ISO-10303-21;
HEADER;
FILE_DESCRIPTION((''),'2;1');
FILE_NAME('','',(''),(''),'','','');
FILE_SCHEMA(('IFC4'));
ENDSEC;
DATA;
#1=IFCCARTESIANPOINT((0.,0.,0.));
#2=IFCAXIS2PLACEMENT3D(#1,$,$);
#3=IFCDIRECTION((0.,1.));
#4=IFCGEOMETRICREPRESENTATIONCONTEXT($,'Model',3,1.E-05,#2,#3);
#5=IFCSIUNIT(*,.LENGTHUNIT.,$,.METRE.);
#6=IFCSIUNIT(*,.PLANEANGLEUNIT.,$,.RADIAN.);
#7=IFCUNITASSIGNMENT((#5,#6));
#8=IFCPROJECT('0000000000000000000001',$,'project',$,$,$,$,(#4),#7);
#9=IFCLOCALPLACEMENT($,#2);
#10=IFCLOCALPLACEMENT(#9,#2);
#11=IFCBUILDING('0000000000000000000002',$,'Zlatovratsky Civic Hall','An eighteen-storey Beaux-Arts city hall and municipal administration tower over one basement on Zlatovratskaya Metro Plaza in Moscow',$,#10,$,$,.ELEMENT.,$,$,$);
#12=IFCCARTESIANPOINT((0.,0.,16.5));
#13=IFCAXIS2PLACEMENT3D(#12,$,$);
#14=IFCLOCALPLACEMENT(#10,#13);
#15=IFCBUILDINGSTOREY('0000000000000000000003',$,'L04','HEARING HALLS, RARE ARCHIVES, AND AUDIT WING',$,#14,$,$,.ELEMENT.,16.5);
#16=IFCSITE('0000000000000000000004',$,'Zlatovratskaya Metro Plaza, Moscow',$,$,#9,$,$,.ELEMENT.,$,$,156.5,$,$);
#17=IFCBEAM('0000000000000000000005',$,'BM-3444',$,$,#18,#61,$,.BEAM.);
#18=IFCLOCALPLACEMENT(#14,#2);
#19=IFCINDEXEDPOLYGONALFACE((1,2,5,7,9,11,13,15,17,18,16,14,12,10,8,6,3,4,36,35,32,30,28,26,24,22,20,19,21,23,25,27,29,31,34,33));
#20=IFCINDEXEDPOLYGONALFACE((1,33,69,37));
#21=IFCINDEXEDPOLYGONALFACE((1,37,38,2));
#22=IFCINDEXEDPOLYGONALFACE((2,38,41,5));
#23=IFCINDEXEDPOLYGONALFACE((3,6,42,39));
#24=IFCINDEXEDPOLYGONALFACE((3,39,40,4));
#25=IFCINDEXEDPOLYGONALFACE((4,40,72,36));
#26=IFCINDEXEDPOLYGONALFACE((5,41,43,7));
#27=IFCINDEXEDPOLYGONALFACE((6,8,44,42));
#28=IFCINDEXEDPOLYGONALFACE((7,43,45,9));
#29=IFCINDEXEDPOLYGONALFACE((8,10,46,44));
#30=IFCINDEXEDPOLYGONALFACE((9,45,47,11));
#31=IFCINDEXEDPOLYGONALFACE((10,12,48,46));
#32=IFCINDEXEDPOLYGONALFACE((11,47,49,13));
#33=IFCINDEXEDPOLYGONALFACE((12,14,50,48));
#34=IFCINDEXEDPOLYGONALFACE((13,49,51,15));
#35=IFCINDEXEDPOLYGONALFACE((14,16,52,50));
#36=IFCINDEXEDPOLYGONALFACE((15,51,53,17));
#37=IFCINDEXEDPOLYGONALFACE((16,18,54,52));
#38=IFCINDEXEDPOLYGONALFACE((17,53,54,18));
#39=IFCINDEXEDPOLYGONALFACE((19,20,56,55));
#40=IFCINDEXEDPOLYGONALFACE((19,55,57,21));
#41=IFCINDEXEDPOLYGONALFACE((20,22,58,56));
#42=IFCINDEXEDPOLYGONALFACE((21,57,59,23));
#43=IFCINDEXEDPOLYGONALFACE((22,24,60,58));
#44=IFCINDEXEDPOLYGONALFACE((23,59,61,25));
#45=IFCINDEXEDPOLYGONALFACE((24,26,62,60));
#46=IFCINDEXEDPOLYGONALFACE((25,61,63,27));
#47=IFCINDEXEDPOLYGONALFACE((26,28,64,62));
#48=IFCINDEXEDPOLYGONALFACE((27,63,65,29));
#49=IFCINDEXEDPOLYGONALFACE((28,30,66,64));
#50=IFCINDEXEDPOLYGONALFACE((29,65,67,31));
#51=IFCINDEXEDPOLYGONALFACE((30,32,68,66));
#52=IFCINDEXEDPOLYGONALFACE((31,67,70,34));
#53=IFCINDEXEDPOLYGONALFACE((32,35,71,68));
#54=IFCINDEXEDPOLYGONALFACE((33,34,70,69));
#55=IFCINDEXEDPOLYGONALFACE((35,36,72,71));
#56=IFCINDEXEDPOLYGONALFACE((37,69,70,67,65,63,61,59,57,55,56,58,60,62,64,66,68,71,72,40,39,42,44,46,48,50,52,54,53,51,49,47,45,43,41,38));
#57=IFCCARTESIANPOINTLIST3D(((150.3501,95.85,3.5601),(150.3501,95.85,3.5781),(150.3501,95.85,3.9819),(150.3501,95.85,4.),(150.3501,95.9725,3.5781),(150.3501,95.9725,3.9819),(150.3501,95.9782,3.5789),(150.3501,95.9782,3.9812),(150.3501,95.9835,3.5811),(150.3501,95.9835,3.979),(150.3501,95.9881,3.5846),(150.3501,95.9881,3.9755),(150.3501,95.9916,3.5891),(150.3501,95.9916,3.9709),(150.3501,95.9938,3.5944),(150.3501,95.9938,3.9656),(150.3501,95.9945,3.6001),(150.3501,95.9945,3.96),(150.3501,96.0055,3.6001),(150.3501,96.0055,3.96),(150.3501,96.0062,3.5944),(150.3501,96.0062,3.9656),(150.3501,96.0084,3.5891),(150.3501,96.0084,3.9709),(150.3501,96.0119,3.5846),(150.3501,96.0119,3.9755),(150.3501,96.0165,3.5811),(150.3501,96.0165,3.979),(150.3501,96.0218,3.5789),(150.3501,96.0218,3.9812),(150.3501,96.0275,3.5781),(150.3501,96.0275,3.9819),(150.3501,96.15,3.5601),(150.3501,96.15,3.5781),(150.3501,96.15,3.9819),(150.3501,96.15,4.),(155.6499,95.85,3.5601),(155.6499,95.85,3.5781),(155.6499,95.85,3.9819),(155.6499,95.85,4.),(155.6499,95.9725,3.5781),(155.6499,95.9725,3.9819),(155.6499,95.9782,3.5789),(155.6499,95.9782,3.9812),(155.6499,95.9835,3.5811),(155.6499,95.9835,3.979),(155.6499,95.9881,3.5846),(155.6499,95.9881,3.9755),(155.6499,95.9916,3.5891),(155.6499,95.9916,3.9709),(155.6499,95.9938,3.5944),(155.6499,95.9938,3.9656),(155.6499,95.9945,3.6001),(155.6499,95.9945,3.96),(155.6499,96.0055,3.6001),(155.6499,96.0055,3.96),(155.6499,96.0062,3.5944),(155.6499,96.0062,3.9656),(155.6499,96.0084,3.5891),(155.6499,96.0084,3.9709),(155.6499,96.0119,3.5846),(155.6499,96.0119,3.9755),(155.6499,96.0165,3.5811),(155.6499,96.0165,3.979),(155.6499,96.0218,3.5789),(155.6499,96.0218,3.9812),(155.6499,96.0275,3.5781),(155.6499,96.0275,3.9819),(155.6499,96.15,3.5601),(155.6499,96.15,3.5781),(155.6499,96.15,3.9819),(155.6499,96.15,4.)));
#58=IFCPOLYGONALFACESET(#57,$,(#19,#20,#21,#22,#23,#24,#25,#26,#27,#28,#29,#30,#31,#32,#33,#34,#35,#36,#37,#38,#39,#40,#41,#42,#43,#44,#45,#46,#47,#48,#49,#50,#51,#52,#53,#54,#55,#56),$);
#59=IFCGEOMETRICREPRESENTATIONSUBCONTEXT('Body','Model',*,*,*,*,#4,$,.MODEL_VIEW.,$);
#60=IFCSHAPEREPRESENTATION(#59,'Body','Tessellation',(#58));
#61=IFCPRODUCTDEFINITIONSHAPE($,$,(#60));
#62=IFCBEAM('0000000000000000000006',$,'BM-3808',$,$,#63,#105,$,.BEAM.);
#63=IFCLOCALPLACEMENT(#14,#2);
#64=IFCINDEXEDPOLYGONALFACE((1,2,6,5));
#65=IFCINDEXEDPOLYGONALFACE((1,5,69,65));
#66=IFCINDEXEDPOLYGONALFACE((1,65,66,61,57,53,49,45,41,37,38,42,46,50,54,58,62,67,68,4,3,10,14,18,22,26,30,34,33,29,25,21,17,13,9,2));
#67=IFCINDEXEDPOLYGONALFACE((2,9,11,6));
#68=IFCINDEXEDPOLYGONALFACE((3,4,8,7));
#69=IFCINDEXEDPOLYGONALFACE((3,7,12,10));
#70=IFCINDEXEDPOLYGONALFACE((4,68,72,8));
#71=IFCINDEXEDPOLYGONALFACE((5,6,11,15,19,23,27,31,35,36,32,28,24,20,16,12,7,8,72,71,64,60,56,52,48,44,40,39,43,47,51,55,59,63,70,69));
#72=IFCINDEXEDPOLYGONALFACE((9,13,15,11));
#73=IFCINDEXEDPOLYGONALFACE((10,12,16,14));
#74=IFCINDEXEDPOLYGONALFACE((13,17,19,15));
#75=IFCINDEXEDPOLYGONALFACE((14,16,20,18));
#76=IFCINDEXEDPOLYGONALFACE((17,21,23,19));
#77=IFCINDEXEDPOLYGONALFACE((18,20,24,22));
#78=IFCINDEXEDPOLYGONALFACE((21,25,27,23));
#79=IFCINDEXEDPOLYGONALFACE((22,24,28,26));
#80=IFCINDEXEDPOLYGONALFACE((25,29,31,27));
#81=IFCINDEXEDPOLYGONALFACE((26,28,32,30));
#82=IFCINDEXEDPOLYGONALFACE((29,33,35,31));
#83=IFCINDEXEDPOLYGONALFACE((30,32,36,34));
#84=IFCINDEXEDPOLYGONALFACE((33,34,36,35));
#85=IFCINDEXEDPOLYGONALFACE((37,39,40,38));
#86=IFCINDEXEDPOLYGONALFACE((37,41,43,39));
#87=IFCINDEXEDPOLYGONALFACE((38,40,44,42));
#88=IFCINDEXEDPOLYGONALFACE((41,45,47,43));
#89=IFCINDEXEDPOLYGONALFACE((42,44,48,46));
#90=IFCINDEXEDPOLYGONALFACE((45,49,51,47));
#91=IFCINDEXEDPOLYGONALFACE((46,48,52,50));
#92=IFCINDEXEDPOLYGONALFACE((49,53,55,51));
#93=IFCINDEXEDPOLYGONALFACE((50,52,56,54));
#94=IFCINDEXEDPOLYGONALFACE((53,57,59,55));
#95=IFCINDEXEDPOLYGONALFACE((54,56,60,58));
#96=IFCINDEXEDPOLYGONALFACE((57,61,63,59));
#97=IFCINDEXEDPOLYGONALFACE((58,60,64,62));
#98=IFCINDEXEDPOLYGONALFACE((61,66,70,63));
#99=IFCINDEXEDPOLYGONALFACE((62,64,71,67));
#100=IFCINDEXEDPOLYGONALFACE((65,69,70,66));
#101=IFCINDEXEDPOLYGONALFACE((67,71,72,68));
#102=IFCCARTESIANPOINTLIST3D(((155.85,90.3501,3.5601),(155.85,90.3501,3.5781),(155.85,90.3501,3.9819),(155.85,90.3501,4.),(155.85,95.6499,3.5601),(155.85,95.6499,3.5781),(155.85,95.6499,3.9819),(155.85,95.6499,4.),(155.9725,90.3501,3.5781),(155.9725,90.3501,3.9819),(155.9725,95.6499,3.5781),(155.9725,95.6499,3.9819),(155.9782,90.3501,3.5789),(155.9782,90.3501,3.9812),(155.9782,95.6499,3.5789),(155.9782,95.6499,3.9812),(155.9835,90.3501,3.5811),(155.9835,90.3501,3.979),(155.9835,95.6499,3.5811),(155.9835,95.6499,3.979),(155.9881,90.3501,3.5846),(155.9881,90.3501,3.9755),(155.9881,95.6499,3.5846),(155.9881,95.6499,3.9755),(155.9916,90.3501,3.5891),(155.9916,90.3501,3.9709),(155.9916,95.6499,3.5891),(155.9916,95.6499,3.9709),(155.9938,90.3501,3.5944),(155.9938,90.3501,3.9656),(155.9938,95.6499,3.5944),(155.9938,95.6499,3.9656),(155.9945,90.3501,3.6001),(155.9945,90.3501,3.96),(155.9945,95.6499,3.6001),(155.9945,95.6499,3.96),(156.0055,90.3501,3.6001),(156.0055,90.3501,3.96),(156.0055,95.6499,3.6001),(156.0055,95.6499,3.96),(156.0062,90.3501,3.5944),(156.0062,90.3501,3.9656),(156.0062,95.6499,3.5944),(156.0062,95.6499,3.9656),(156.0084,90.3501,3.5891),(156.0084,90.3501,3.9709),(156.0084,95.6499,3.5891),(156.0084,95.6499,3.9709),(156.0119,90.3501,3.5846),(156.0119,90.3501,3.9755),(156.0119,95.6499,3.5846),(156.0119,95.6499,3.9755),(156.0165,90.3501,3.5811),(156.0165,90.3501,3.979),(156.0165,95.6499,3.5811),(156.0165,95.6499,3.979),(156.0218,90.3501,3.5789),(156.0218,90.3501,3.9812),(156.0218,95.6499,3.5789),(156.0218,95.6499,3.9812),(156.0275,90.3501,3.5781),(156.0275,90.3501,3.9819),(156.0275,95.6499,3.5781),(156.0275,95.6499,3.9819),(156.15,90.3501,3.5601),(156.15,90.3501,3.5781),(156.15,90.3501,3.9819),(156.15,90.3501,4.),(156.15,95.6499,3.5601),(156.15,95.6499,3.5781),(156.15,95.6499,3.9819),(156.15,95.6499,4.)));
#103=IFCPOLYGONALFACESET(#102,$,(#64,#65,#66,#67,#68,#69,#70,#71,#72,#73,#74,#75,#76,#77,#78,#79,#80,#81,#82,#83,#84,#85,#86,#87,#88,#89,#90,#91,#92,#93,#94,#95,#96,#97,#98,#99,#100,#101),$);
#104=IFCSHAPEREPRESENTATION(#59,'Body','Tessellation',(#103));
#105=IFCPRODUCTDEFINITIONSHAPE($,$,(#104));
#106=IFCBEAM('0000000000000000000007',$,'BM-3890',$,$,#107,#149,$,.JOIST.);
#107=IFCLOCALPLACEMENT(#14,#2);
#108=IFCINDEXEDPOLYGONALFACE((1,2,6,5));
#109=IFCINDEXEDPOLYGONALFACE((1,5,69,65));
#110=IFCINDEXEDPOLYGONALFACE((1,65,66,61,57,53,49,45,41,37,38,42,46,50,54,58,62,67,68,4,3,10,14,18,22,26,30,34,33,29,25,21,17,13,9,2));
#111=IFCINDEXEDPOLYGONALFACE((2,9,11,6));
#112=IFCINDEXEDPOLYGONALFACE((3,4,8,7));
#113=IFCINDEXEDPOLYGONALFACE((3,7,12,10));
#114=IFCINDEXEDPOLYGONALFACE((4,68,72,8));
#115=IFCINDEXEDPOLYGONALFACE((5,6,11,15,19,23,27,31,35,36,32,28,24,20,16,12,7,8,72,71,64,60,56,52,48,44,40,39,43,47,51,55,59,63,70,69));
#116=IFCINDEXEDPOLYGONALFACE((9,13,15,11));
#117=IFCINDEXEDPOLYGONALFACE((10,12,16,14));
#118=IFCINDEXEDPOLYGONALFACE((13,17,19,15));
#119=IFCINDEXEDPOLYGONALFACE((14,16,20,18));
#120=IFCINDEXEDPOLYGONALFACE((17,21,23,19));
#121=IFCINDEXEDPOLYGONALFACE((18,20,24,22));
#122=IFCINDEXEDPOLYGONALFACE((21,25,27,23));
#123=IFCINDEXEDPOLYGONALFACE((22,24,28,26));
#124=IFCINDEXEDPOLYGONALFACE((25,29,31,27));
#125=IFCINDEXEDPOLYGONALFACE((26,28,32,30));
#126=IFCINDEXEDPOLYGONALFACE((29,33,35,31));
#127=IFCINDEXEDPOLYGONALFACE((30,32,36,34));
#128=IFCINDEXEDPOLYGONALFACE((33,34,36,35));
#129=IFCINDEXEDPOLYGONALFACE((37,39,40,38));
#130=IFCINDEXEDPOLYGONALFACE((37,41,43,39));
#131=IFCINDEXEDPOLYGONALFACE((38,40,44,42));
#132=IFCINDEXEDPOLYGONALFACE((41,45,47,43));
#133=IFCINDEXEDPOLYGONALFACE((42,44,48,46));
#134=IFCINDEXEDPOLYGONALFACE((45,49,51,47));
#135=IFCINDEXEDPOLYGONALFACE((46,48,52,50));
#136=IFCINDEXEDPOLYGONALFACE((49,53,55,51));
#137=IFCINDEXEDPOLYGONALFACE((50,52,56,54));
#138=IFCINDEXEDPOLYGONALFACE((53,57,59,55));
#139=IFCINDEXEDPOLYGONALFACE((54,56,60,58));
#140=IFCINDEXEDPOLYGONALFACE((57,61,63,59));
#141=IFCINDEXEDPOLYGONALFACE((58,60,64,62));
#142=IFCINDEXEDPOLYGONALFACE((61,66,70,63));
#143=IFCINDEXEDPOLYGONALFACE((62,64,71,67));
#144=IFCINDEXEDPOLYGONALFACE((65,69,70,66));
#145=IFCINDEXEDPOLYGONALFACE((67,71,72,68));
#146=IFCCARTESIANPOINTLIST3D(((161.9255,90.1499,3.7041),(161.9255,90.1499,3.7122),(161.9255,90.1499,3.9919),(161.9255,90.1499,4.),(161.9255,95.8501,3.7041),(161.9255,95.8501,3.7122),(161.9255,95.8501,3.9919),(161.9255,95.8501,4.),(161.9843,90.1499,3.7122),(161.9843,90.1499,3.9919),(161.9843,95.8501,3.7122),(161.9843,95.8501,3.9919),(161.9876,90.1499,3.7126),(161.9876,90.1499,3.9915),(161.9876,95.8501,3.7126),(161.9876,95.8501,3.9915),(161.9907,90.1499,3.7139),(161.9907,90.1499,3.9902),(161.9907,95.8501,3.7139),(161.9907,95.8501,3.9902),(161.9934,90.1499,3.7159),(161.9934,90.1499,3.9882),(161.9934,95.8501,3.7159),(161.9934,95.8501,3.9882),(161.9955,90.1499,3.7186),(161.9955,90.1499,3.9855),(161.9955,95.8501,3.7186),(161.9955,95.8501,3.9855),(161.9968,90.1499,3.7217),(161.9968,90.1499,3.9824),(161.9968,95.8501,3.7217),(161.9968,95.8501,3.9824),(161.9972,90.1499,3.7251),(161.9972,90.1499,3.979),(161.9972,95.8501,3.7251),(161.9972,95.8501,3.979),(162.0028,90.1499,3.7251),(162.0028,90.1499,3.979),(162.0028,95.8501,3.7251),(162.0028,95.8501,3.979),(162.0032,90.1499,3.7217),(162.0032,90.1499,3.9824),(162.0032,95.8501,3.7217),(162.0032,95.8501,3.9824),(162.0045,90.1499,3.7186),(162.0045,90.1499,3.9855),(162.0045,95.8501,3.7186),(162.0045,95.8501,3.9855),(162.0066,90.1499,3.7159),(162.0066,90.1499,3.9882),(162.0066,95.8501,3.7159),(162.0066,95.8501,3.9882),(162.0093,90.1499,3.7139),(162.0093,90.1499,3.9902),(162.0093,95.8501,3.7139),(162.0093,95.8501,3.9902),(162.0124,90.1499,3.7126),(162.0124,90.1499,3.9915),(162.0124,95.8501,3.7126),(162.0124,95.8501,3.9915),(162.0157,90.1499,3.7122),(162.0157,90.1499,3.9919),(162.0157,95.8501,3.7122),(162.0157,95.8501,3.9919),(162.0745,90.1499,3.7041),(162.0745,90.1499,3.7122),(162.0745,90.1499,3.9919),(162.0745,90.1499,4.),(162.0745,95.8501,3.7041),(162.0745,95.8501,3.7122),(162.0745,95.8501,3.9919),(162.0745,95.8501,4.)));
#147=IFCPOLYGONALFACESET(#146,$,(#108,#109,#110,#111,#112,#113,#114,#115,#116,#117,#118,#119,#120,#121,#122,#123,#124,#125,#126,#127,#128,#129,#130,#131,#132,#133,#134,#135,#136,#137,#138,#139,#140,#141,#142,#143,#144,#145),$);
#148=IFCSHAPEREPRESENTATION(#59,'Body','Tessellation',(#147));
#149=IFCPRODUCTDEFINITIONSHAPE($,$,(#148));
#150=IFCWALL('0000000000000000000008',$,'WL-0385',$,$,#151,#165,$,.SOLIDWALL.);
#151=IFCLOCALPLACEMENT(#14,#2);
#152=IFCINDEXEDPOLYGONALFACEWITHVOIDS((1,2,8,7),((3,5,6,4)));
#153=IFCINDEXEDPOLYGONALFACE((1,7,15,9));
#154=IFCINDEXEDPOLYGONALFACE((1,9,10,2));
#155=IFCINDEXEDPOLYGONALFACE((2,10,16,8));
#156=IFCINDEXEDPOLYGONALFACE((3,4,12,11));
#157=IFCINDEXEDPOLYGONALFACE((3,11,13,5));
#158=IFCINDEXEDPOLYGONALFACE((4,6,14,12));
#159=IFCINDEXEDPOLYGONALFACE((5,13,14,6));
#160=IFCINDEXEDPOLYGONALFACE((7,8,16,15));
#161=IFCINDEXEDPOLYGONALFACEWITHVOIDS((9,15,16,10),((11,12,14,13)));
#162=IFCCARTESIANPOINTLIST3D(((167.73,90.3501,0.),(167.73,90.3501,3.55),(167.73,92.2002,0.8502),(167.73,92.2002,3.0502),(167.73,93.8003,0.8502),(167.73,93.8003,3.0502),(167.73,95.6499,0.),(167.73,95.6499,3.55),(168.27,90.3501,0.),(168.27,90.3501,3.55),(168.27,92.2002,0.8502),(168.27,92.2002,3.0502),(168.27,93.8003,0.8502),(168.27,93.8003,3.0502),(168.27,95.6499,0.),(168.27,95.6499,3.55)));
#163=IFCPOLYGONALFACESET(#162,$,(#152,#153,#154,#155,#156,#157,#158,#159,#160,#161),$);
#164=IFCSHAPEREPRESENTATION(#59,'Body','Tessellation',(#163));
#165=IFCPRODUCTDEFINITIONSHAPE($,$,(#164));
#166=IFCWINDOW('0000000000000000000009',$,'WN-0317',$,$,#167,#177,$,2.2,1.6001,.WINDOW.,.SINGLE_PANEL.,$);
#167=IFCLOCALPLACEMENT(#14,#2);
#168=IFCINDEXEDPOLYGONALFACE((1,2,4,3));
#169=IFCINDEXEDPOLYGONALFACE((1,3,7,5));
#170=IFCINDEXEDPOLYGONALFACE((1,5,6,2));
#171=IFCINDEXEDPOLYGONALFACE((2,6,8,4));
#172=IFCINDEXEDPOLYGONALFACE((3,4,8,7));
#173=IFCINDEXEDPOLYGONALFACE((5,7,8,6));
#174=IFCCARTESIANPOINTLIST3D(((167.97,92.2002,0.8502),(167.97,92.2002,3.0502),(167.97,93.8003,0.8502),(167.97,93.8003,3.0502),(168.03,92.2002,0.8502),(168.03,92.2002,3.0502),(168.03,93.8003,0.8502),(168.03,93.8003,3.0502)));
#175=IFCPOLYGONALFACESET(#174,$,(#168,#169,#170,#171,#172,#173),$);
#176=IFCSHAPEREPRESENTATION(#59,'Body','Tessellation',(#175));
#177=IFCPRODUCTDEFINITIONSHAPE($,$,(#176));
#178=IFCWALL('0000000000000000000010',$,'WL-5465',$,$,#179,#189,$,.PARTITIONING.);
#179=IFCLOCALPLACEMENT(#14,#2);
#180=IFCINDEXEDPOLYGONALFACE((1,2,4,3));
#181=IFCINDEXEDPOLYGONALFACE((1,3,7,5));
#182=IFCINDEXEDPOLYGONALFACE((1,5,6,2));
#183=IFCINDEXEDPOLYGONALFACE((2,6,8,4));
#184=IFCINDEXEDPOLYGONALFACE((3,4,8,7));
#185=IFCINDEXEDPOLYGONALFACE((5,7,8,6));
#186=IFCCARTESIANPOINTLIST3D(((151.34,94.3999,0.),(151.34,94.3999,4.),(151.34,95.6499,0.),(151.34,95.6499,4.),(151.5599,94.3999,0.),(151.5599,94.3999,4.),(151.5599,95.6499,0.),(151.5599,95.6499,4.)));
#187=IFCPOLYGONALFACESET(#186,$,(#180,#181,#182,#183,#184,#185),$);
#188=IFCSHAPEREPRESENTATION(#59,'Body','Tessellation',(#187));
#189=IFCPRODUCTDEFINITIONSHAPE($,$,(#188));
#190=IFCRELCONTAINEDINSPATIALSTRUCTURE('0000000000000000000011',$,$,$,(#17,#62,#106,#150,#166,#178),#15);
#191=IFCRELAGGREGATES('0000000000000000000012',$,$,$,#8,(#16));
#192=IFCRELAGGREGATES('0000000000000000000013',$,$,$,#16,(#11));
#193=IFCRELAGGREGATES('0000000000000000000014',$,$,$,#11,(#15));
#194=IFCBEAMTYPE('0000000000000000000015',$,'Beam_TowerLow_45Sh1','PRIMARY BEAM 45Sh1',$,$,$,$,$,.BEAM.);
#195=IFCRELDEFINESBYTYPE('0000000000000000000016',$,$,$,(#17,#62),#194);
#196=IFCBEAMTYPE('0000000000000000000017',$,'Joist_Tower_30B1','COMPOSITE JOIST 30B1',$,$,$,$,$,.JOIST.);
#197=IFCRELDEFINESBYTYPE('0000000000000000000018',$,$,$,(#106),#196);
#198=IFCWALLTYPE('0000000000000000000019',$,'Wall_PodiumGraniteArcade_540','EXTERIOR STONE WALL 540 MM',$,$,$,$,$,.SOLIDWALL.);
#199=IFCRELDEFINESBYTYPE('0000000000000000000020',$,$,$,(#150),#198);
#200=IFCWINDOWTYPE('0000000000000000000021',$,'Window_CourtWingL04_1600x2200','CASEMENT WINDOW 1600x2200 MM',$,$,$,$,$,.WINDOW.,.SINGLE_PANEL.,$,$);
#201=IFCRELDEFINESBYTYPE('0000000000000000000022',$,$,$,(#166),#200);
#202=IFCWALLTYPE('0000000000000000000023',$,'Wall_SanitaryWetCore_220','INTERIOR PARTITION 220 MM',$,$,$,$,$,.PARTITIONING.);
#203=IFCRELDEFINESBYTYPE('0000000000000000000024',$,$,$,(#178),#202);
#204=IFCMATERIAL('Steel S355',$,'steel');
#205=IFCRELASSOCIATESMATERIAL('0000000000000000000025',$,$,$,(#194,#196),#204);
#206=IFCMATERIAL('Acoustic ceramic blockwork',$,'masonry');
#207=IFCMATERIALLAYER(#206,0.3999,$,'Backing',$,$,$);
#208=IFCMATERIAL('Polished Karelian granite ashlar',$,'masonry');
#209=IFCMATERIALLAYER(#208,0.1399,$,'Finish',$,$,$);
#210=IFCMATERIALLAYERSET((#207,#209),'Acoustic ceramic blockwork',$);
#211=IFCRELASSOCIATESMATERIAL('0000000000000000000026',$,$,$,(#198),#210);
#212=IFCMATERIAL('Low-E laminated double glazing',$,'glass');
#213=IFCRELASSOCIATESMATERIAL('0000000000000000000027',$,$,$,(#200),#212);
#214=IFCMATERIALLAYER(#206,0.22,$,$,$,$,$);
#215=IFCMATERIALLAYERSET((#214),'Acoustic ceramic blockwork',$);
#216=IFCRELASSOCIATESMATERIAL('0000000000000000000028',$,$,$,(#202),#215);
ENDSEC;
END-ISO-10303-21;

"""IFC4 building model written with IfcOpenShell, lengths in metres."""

from ifc_helpers import new_model, si_unit, direction, frame, frame_2d, origin, origin_2d, place, context, subcontext, project, spatial, rectangle, i_section, extrude, material, layer, layer_set, material_profile, profile_set, type_object, element, fill, save


model = new_model("IFC4")

# Units and contexts
model_context = context("Model", 3, precision=1e-05, world=origin(), true_north=direction((0.0, 1.0)))
body_context = subcontext(model_context, "Body", "Model", "MODEL_VIEW")
ifc_project = project(units=[si_unit("LENGTHUNIT", "METRE"), si_unit("PLANEANGLEUNIT", "RADIAN")], contexts=[model_context])

# Site, building, storey
site_placement = place(None, origin())
site = spatial("IfcSite", under=ifc_project, at=site_placement, Name="Zlatovratskaya Metro Plaza, Moscow", CompositionType="ELEMENT", RefElevation=156.5)
building_placement = place(site_placement, origin())
building = spatial("IfcBuilding", under=site, at=building_placement, Name="Zlatovratsky Civic Hall", Description="An eighteen-storey Beaux-Arts city hall and municipal administration tower over one basement on Zlatovratskaya Metro Plaza in Moscow", CompositionType="ELEMENT")
storey_placement = place(building_placement, frame((0.0, 0.0, 16.5)))
storey = spatial("IfcBuildingStorey", under=building, at=storey_placement, Name="L04", Description="HEARING HALLS, RARE ARCHIVES, AND AUDIT WING", CompositionType="ELEMENT", Elevation=16.5)

# Beams
ifc_material_1 = material(Name="Steel S355", Category="steel")
ifc_material_profile_1 = material_profile(ifc_material_1, i_section(OverallWidth=0.3, OverallDepth=0.4399, WebThickness=0.011, FlangeThickness=0.0181, FilletRadius=0.022, at=origin_2d()), Name="45Sh1")
ifc_profile_set_1 = profile_set([ifc_material_profile_1], Name="Steel S355")
beam_type_1 = type_object("IfcBeamType", Name="Beam_TowerLow_45Sh1", Description="PRIMARY BEAM 45Sh1", PredefinedType="BEAM", material=ifc_profile_set_1)
for number, where, z_axis, x_axis, name in (
    (1, (150.3501, 96.0, 3.78), (1.0, 0.0, 0.0), (0.0, 1.0, 0.0), "BM-3444"),
    (2, (156.0, 90.3501, 3.78), (0.0, 1.0, 0.0), (-1.0, 0.0, 0.0), "BM-3808"),
):
    element("IfcBeam", number, at=place(storey_placement, frame(where, z_axis=z_axis, x_axis=x_axis)), inside=storey, type_object=beam_type_1, Name=name, PredefinedType="BEAM", context=body_context, shape_type="SweptSolid", body=[
        extrude(i_section(OverallWidth=0.3, OverallDepth=0.4399, WebThickness=0.011, FlangeThickness=0.0181, FilletRadius=0.022, at=origin_2d()), origin(), (0.0, 0.0, 1.0), 5.2998),
    ])
ifc_material_profile_2 = material_profile(ifc_material_1, i_section(OverallWidth=0.1489, OverallDepth=0.2959, WebThickness=0.0056, FlangeThickness=0.0081, FilletRadius=0.0129, at=origin_2d()), Name="30B1")
ifc_profile_set_2 = profile_set([ifc_material_profile_2], Name="Steel S355")
beam_type_2 = type_object("IfcBeamType", Name="Joist_Tower_30B1", Description="COMPOSITE JOIST 30B1", PredefinedType="JOIST", material=ifc_profile_set_2)
beam_1_placement = place(storey_placement, frame((162.0, 90.1499, 3.8521), z_axis=(0.0, 1.0, 0.0), x_axis=(-1.0, 0.0, 0.0)))
element("IfcBeam", 3, at=beam_1_placement, inside=storey, type_object=beam_type_2, Name="BM-3890", PredefinedType="JOIST", context=body_context, shape_type="SweptSolid", body=[
    extrude(i_section(OverallWidth=0.1489, OverallDepth=0.2959, WebThickness=0.0056, FlangeThickness=0.0081, FilletRadius=0.0129, at=origin_2d()), origin(), (0.0, 0.0, 1.0), 5.7002),
])

# Wall, opening, window
ifc_material_2 = material(Name="Acoustic ceramic blockwork", Category="masonry")
ifc_layer_1 = layer(ifc_material_2, 0.3999, Name="Backing")
ifc_material_3 = material(Name="Polished Karelian granite ashlar", Category="masonry")
ifc_layer_2 = layer(ifc_material_3, 0.1399, Name="Finish")
ifc_layer_set_1 = layer_set([ifc_layer_1, ifc_layer_2], Name="Acoustic ceramic blockwork")
wall_type_1 = type_object("IfcWallType", Name="Wall_PodiumGraniteArcade_540", Description="EXTERIOR STONE WALL 540 MM", PredefinedType="SOLIDWALL", material=ifc_layer_set_1)
wall_1_placement = place(storey_placement, frame((168.0, 90.3501, 0.0), z_axis=(0.0, 0.0, 1.0), x_axis=(0.0, 1.0, 0.0)))
wall_1 = element("IfcWall", 4, at=wall_1_placement, inside=storey, type_object=wall_type_1, Name="WL-0385", PredefinedType="SOLIDWALL", context=body_context, shape_type="SweptSolid", body=[
    extrude(rectangle(XDim=5.2998, YDim=0.54, at=frame_2d((2.6499, 0.0))), origin(), (0.0, 0.0, 1.0), 3.55),
])
opening_placement = place(wall_1_placement, frame((1.8501, 0.0, 0.8501)))
opening = element("IfcOpeningElement", 5, at=opening_placement, cuts=wall_1, PredefinedType="OPENING", context=body_context, shape_type="SweptSolid", body=[
    extrude(rectangle(XDim=1.6001, YDim=2.2, at=frame_2d((0.8, 1.1001))), frame((0.0, 0.2849, 0.0), z_axis=(0.0, -1.0, 0.0), x_axis=(1.0, 0.0, 0.0)), (0.0, 0.0, 1.0), 0.5698),
])
ifc_material_4 = material(Name="Low-E laminated double glazing", Category="glass")
window_type = type_object("IfcWindowType", Name="Window_CourtWingL04_1600x2200", Description="CASEMENT WINDOW 1600x2200 MM", PartitioningType="SINGLE_PANEL", PredefinedType="WINDOW", material=ifc_material_4)
window_placement = place(opening_placement, origin())
window = element("IfcWindow", 6, at=window_placement, inside=storey, type_object=window_type, Name="WN-0317", OverallHeight=2.2, OverallWidth=1.6001, PartitioningType="SINGLE_PANEL", PredefinedType="WINDOW", context=body_context, shape_type="SweptSolid", body=[
    extrude(rectangle(XDim=1.6001, YDim=2.2, at=frame_2d((0.8, 1.1001))), frame((0.0, 0.03, 0.0), z_axis=(0.0, -1.0, 0.0), x_axis=(1.0, 0.0, 0.0)), (0.0, 0.0, 1.0), 0.0601),
])
fill(opening, window)

# Wall
ifc_layer_3 = layer(ifc_material_2, 0.22)
ifc_layer_set_2 = layer_set([ifc_layer_3], Name="Acoustic ceramic blockwork")
wall_type_2 = type_object("IfcWallType", Name="Wall_SanitaryWetCore_220", Description="INTERIOR PARTITION 220 MM", PredefinedType="PARTITIONING", material=ifc_layer_set_2)
wall_2_placement = place(storey_placement, frame((151.45, 94.3999, 0.0), z_axis=(0.0, 0.0, 1.0), x_axis=(0.0, 1.0, 0.0)))
element("IfcWall", 7, at=wall_2_placement, inside=storey, type_object=wall_type_2, Name="WL-5465", PredefinedType="PARTITIONING", context=body_context, shape_type="SweptSolid", body=[
    extrude(rectangle(XDim=1.25, YDim=0.22, at=frame_2d((0.625, 0.0))), origin(), (0.0, 0.0, 1.0), 4.0),
])

save(model, "model.ifc")
